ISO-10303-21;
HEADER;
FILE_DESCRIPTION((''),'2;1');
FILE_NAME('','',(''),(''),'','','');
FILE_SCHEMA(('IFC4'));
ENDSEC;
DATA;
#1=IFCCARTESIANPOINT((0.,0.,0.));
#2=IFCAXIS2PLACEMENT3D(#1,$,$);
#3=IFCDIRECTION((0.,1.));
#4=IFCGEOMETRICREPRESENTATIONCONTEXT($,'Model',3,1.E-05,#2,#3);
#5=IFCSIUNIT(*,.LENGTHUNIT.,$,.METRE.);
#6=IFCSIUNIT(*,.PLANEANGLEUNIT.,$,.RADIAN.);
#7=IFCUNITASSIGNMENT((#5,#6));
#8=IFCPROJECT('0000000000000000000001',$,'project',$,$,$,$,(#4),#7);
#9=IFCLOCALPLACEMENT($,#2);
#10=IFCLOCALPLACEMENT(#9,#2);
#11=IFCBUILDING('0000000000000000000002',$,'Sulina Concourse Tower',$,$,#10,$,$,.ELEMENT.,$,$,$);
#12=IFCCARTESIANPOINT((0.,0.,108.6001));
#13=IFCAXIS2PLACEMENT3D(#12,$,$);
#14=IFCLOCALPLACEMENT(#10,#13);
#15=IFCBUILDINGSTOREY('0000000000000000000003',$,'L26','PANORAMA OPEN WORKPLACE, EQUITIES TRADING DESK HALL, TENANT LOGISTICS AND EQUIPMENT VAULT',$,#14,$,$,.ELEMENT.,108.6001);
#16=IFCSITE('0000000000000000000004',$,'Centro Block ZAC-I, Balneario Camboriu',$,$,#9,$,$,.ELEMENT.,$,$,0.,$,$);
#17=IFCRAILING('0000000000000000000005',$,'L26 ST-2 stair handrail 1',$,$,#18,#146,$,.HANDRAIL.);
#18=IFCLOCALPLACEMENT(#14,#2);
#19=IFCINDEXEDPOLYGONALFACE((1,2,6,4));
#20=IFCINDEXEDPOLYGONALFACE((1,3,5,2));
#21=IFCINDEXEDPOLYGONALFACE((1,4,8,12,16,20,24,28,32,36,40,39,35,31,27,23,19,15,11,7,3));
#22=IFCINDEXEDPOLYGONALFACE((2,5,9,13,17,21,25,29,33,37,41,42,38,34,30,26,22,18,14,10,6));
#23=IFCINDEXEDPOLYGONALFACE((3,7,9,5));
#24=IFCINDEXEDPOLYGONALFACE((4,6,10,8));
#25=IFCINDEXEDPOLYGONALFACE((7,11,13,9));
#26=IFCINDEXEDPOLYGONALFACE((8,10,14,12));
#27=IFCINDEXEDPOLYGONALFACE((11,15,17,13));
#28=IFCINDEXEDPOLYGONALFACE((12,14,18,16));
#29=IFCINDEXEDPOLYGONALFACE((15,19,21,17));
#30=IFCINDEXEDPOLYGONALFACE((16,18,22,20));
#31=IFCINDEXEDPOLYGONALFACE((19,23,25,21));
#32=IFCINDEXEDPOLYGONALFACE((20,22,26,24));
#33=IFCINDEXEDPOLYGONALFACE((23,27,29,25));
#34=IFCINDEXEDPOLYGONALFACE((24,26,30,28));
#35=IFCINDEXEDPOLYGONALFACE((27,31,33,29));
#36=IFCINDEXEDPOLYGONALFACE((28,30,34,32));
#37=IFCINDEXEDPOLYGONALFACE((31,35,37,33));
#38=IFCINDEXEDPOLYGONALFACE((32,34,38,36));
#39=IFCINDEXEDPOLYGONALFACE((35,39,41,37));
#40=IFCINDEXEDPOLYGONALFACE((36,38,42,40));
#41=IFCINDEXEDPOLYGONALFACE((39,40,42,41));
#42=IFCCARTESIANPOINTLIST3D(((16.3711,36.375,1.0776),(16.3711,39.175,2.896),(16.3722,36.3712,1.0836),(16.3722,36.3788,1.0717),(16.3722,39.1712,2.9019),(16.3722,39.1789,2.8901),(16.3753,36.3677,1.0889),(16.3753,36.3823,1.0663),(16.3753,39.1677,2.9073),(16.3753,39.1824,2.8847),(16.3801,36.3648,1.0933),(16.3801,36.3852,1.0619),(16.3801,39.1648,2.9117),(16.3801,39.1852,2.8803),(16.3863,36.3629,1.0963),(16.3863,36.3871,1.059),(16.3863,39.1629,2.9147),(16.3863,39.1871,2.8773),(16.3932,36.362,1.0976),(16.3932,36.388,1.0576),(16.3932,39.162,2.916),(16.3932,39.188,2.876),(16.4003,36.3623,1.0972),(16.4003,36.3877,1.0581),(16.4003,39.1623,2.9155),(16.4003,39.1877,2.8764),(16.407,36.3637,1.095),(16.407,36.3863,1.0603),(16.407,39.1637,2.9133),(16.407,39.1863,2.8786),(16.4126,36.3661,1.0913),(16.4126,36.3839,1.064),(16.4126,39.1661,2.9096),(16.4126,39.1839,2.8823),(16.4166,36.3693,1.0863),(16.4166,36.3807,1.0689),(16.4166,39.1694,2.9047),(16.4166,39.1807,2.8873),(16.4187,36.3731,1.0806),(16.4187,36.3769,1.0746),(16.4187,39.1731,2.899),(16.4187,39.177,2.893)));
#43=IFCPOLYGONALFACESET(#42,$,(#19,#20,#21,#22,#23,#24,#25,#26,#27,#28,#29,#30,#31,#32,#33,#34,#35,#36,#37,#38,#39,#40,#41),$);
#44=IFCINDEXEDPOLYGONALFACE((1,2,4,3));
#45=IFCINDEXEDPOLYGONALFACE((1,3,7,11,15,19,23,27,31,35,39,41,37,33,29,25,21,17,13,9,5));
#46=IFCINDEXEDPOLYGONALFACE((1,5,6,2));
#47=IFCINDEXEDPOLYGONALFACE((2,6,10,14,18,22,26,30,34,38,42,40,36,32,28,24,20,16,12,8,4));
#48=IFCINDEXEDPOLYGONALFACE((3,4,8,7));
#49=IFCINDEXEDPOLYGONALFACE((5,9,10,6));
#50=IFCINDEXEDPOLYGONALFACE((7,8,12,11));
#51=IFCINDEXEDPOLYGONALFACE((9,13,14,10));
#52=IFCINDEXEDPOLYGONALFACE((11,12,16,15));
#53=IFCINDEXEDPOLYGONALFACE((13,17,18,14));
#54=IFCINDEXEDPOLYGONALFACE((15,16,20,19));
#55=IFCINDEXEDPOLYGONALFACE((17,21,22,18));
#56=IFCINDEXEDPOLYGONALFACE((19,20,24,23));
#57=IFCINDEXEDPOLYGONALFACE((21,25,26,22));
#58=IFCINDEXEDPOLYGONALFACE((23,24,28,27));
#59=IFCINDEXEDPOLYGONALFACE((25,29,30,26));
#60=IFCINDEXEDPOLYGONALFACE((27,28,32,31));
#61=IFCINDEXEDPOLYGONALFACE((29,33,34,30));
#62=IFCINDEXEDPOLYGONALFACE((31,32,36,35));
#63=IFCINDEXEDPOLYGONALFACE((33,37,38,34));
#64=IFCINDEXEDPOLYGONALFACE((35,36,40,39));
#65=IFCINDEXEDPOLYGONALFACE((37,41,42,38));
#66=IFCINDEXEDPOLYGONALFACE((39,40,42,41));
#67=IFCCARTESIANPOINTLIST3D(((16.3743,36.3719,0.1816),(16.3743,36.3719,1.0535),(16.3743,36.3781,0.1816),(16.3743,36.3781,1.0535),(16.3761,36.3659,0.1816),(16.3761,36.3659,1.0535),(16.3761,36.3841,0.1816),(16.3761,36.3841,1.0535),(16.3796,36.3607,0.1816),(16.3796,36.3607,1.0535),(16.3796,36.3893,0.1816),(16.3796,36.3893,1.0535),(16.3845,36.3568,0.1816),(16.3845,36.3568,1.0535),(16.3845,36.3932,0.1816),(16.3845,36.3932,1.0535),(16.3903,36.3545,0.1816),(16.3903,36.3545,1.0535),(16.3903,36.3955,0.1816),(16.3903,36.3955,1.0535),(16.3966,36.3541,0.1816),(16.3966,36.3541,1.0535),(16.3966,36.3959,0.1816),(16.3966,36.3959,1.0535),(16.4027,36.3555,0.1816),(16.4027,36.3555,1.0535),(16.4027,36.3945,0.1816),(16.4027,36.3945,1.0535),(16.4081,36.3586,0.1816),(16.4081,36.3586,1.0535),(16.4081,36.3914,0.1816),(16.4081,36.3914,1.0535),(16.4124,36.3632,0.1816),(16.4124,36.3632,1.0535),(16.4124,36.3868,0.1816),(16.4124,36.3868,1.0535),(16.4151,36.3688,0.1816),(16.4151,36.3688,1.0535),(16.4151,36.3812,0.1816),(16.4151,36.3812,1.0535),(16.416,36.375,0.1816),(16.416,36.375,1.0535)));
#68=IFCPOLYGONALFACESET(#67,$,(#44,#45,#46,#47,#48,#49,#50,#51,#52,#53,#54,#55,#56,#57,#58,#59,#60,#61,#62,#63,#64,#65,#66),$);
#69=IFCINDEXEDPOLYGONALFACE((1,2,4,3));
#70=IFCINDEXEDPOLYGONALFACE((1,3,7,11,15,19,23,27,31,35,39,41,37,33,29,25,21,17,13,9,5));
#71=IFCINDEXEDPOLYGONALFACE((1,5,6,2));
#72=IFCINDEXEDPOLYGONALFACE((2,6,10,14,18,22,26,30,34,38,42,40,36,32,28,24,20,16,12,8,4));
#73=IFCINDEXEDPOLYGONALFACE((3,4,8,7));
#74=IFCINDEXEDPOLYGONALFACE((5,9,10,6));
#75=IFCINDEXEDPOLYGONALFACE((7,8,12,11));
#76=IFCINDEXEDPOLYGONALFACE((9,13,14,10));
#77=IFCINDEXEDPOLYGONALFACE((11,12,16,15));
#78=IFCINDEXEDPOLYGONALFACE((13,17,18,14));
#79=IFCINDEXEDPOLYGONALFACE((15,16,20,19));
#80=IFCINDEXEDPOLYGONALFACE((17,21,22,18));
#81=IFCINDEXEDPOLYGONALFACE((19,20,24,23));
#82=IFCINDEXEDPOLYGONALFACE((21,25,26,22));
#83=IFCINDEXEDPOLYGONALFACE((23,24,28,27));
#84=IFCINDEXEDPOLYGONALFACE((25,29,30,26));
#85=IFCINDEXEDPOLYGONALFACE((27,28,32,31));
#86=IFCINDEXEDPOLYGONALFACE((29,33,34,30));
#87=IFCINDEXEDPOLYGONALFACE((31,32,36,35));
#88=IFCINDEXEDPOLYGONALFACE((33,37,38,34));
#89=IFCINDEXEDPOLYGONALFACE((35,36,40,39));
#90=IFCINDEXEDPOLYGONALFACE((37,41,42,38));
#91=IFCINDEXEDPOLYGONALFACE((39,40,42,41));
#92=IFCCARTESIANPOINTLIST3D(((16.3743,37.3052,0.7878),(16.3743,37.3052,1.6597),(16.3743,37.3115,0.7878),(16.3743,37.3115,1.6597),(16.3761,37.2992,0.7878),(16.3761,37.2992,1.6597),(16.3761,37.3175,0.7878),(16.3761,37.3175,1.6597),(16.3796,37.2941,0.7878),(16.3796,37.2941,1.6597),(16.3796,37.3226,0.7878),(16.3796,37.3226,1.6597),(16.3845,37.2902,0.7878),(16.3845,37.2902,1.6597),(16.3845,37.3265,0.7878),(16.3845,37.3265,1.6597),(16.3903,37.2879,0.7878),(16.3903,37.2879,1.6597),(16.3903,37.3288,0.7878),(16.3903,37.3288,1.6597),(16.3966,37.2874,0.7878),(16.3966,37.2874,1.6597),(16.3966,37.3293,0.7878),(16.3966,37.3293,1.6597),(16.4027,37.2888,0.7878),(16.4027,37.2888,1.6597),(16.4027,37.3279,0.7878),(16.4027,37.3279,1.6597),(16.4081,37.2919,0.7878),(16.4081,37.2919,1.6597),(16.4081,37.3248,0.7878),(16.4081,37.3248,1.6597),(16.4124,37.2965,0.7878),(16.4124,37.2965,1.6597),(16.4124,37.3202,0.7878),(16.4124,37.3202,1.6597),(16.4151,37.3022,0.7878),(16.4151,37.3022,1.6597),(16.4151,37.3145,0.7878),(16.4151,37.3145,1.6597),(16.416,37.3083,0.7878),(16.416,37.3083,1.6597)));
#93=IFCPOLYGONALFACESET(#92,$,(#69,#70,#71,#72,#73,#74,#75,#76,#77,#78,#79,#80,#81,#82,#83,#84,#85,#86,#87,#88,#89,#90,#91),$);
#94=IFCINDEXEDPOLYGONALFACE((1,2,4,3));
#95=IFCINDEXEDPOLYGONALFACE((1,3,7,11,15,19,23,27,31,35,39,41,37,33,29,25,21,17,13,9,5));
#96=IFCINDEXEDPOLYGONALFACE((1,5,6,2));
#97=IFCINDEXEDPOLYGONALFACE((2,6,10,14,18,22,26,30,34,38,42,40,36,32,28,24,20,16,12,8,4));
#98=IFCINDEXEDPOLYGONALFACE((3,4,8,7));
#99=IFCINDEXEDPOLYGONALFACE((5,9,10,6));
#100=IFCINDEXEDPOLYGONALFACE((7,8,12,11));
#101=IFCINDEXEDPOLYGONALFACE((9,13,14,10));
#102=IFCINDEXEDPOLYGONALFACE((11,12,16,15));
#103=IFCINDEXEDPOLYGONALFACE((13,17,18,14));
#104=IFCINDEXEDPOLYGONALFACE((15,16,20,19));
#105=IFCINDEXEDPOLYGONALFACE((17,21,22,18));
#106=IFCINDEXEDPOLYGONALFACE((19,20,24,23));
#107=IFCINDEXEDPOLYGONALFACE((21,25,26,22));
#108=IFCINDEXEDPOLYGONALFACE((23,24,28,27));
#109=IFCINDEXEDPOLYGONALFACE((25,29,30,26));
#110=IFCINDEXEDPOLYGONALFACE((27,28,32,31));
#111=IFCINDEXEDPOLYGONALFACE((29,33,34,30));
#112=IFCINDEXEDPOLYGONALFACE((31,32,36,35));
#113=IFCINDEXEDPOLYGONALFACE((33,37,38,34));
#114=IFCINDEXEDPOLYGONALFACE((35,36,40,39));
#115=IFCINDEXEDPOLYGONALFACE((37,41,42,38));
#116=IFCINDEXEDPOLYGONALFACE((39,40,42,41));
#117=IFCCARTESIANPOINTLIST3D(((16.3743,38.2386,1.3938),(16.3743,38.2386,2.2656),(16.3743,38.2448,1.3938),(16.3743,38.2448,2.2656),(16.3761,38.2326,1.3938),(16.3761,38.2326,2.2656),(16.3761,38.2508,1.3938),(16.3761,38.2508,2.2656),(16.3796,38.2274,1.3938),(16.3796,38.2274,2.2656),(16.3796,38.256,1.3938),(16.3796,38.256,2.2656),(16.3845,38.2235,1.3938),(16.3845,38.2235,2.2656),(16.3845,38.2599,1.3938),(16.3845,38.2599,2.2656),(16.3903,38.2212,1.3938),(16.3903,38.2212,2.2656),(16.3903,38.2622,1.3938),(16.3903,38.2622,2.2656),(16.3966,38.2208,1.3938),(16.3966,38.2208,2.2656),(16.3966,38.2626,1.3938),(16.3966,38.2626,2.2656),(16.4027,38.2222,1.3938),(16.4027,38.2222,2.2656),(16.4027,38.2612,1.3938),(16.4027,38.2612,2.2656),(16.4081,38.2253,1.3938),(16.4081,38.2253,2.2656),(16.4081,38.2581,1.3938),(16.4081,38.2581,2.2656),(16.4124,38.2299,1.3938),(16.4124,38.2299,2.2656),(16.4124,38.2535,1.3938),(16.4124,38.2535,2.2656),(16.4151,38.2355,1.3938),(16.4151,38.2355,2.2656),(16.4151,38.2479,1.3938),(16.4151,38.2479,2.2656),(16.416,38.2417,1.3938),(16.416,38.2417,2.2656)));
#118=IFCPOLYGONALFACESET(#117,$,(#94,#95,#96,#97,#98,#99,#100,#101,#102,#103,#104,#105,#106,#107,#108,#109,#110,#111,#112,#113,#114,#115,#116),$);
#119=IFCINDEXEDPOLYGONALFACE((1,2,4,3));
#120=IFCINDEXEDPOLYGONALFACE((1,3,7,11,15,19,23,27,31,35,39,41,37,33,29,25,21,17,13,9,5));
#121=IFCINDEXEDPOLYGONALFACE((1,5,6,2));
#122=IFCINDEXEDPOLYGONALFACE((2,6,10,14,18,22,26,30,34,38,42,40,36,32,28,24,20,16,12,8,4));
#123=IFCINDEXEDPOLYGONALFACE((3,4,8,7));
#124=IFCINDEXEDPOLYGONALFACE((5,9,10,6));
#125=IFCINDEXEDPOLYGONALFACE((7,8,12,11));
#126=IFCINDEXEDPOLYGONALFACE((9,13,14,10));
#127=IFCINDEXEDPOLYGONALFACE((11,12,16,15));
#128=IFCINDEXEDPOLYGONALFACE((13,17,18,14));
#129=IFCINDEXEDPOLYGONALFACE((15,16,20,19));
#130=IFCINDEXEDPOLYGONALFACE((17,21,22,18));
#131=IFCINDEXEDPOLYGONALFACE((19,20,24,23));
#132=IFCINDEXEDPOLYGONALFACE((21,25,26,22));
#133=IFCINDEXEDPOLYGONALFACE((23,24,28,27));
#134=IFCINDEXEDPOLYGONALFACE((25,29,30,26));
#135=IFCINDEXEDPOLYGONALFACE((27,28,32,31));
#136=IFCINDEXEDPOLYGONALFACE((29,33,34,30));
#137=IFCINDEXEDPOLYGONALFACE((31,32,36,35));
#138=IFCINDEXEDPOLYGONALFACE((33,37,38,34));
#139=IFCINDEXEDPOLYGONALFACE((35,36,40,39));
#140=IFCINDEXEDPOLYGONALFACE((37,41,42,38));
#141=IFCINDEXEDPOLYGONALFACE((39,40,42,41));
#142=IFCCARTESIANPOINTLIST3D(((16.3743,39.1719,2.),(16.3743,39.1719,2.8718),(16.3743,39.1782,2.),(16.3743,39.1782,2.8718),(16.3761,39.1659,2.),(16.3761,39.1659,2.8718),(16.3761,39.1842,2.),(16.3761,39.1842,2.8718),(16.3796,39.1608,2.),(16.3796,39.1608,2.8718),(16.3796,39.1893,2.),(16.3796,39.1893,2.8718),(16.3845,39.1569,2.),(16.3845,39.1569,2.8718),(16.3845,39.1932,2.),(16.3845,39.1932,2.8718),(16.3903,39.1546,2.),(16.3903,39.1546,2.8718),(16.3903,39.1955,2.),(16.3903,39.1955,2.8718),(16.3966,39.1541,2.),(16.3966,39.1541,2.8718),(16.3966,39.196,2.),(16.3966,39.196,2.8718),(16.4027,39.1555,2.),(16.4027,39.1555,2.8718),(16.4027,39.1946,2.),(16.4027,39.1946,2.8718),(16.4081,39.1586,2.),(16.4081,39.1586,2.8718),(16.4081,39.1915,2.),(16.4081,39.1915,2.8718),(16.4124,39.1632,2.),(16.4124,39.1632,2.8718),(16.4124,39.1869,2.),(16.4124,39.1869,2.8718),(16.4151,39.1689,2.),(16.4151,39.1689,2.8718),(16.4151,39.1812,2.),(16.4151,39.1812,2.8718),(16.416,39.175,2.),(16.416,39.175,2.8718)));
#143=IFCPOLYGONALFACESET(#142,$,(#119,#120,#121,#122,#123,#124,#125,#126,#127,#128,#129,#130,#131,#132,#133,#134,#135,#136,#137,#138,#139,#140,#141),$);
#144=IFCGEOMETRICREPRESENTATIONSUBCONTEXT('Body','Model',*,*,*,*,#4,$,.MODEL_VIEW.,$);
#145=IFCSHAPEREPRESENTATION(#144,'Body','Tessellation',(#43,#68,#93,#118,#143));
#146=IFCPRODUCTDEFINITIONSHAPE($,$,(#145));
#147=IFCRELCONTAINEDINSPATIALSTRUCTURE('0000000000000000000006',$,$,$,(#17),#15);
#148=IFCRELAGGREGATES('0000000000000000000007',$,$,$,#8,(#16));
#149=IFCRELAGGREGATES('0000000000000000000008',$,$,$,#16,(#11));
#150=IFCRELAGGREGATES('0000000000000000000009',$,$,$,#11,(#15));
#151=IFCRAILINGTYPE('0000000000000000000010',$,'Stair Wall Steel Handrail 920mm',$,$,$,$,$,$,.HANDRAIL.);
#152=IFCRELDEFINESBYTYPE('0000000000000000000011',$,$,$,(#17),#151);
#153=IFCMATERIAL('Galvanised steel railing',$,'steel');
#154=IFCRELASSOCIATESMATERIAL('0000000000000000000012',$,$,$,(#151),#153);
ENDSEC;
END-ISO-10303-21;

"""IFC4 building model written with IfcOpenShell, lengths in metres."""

from ifc_helpers import new_model, si_unit, direction, frame, origin, origin_2d, place, context, subcontext, project, spatial, circle, extrude, material, type_object, element, save


model = new_model("IFC4")

# Units and contexts
model_context = context("Model", 3, precision=1e-05, world=origin(), true_north=direction((0.0, 1.0)))
body_context = subcontext(model_context, "Body", "Model", "MODEL_VIEW")
ifc_project = project(units=[si_unit("LENGTHUNIT", "METRE"), si_unit("PLANEANGLEUNIT", "RADIAN")], contexts=[model_context])

# Site, building, storey
site_placement = place(None, origin())
site = spatial("IfcSite", under=ifc_project, at=site_placement, Name="Centro Block ZAC-I, Balneario Camboriu", CompositionType="ELEMENT", RefElevation=0.0)
building_placement = place(site_placement, origin())
building = spatial("IfcBuilding", under=site, at=building_placement, Name="Sulina Concourse Tower", CompositionType="ELEMENT")
storey_placement = place(building_placement, frame((0.0, 0.0, 108.6001)))
storey = spatial("IfcBuildingStorey", under=building, at=storey_placement, Name="L26", Description="PANORAMA OPEN WORKPLACE, EQUITIES TRADING DESK HALL, TENANT LOGISTICS AND EQUIPMENT VAULT", CompositionType="ELEMENT", Elevation=108.6001)

# Railing
ifc_material_1 = material(Name="Galvanised steel railing", Category="steel")
railing_type_1 = type_object("IfcRailingType", Name="Stair Wall Steel Handrail 920mm", PredefinedType="HANDRAIL", material=ifc_material_1)
railing_1_placement = place(storey_placement, frame((16.395, 36.375, 0.1816)))
element("IfcRailing", 1, at=railing_1_placement, inside=storey, type_object=railing_type_1, Name="L26 ST-2 stair handrail 1", PredefinedType="HANDRAIL", context=body_context, shape_type="SweptSolid", body=[
    extrude(circle(Radius=0.0239, at=origin_2d()), frame((0.0, 0.0, 0.896), z_axis=(0.0, 0.838672, 0.544636), x_axis=(-1.0, 0.0, 0.0)), (0.0, 0.0, 1.0), 3.3386),
    extrude(circle(Radius=0.021, at=origin_2d()), origin(), (0.0, 0.0, 1.0), 0.8718),
    extrude(circle(Radius=0.021, at=origin_2d()), frame((0.0, 0.9333, 0.6062)), (0.0, 0.0, 1.0), 0.8718),
    extrude(circle(Radius=0.021, at=origin_2d()), frame((0.0, 1.8667, 1.2122)), (0.0, 0.0, 1.0), 0.8718),
    extrude(circle(Radius=0.021, at=origin_2d()), frame((0.0, 2.8, 1.8184)), (0.0, 0.0, 1.0), 0.8718),
])

save(model, "model.ifc")
